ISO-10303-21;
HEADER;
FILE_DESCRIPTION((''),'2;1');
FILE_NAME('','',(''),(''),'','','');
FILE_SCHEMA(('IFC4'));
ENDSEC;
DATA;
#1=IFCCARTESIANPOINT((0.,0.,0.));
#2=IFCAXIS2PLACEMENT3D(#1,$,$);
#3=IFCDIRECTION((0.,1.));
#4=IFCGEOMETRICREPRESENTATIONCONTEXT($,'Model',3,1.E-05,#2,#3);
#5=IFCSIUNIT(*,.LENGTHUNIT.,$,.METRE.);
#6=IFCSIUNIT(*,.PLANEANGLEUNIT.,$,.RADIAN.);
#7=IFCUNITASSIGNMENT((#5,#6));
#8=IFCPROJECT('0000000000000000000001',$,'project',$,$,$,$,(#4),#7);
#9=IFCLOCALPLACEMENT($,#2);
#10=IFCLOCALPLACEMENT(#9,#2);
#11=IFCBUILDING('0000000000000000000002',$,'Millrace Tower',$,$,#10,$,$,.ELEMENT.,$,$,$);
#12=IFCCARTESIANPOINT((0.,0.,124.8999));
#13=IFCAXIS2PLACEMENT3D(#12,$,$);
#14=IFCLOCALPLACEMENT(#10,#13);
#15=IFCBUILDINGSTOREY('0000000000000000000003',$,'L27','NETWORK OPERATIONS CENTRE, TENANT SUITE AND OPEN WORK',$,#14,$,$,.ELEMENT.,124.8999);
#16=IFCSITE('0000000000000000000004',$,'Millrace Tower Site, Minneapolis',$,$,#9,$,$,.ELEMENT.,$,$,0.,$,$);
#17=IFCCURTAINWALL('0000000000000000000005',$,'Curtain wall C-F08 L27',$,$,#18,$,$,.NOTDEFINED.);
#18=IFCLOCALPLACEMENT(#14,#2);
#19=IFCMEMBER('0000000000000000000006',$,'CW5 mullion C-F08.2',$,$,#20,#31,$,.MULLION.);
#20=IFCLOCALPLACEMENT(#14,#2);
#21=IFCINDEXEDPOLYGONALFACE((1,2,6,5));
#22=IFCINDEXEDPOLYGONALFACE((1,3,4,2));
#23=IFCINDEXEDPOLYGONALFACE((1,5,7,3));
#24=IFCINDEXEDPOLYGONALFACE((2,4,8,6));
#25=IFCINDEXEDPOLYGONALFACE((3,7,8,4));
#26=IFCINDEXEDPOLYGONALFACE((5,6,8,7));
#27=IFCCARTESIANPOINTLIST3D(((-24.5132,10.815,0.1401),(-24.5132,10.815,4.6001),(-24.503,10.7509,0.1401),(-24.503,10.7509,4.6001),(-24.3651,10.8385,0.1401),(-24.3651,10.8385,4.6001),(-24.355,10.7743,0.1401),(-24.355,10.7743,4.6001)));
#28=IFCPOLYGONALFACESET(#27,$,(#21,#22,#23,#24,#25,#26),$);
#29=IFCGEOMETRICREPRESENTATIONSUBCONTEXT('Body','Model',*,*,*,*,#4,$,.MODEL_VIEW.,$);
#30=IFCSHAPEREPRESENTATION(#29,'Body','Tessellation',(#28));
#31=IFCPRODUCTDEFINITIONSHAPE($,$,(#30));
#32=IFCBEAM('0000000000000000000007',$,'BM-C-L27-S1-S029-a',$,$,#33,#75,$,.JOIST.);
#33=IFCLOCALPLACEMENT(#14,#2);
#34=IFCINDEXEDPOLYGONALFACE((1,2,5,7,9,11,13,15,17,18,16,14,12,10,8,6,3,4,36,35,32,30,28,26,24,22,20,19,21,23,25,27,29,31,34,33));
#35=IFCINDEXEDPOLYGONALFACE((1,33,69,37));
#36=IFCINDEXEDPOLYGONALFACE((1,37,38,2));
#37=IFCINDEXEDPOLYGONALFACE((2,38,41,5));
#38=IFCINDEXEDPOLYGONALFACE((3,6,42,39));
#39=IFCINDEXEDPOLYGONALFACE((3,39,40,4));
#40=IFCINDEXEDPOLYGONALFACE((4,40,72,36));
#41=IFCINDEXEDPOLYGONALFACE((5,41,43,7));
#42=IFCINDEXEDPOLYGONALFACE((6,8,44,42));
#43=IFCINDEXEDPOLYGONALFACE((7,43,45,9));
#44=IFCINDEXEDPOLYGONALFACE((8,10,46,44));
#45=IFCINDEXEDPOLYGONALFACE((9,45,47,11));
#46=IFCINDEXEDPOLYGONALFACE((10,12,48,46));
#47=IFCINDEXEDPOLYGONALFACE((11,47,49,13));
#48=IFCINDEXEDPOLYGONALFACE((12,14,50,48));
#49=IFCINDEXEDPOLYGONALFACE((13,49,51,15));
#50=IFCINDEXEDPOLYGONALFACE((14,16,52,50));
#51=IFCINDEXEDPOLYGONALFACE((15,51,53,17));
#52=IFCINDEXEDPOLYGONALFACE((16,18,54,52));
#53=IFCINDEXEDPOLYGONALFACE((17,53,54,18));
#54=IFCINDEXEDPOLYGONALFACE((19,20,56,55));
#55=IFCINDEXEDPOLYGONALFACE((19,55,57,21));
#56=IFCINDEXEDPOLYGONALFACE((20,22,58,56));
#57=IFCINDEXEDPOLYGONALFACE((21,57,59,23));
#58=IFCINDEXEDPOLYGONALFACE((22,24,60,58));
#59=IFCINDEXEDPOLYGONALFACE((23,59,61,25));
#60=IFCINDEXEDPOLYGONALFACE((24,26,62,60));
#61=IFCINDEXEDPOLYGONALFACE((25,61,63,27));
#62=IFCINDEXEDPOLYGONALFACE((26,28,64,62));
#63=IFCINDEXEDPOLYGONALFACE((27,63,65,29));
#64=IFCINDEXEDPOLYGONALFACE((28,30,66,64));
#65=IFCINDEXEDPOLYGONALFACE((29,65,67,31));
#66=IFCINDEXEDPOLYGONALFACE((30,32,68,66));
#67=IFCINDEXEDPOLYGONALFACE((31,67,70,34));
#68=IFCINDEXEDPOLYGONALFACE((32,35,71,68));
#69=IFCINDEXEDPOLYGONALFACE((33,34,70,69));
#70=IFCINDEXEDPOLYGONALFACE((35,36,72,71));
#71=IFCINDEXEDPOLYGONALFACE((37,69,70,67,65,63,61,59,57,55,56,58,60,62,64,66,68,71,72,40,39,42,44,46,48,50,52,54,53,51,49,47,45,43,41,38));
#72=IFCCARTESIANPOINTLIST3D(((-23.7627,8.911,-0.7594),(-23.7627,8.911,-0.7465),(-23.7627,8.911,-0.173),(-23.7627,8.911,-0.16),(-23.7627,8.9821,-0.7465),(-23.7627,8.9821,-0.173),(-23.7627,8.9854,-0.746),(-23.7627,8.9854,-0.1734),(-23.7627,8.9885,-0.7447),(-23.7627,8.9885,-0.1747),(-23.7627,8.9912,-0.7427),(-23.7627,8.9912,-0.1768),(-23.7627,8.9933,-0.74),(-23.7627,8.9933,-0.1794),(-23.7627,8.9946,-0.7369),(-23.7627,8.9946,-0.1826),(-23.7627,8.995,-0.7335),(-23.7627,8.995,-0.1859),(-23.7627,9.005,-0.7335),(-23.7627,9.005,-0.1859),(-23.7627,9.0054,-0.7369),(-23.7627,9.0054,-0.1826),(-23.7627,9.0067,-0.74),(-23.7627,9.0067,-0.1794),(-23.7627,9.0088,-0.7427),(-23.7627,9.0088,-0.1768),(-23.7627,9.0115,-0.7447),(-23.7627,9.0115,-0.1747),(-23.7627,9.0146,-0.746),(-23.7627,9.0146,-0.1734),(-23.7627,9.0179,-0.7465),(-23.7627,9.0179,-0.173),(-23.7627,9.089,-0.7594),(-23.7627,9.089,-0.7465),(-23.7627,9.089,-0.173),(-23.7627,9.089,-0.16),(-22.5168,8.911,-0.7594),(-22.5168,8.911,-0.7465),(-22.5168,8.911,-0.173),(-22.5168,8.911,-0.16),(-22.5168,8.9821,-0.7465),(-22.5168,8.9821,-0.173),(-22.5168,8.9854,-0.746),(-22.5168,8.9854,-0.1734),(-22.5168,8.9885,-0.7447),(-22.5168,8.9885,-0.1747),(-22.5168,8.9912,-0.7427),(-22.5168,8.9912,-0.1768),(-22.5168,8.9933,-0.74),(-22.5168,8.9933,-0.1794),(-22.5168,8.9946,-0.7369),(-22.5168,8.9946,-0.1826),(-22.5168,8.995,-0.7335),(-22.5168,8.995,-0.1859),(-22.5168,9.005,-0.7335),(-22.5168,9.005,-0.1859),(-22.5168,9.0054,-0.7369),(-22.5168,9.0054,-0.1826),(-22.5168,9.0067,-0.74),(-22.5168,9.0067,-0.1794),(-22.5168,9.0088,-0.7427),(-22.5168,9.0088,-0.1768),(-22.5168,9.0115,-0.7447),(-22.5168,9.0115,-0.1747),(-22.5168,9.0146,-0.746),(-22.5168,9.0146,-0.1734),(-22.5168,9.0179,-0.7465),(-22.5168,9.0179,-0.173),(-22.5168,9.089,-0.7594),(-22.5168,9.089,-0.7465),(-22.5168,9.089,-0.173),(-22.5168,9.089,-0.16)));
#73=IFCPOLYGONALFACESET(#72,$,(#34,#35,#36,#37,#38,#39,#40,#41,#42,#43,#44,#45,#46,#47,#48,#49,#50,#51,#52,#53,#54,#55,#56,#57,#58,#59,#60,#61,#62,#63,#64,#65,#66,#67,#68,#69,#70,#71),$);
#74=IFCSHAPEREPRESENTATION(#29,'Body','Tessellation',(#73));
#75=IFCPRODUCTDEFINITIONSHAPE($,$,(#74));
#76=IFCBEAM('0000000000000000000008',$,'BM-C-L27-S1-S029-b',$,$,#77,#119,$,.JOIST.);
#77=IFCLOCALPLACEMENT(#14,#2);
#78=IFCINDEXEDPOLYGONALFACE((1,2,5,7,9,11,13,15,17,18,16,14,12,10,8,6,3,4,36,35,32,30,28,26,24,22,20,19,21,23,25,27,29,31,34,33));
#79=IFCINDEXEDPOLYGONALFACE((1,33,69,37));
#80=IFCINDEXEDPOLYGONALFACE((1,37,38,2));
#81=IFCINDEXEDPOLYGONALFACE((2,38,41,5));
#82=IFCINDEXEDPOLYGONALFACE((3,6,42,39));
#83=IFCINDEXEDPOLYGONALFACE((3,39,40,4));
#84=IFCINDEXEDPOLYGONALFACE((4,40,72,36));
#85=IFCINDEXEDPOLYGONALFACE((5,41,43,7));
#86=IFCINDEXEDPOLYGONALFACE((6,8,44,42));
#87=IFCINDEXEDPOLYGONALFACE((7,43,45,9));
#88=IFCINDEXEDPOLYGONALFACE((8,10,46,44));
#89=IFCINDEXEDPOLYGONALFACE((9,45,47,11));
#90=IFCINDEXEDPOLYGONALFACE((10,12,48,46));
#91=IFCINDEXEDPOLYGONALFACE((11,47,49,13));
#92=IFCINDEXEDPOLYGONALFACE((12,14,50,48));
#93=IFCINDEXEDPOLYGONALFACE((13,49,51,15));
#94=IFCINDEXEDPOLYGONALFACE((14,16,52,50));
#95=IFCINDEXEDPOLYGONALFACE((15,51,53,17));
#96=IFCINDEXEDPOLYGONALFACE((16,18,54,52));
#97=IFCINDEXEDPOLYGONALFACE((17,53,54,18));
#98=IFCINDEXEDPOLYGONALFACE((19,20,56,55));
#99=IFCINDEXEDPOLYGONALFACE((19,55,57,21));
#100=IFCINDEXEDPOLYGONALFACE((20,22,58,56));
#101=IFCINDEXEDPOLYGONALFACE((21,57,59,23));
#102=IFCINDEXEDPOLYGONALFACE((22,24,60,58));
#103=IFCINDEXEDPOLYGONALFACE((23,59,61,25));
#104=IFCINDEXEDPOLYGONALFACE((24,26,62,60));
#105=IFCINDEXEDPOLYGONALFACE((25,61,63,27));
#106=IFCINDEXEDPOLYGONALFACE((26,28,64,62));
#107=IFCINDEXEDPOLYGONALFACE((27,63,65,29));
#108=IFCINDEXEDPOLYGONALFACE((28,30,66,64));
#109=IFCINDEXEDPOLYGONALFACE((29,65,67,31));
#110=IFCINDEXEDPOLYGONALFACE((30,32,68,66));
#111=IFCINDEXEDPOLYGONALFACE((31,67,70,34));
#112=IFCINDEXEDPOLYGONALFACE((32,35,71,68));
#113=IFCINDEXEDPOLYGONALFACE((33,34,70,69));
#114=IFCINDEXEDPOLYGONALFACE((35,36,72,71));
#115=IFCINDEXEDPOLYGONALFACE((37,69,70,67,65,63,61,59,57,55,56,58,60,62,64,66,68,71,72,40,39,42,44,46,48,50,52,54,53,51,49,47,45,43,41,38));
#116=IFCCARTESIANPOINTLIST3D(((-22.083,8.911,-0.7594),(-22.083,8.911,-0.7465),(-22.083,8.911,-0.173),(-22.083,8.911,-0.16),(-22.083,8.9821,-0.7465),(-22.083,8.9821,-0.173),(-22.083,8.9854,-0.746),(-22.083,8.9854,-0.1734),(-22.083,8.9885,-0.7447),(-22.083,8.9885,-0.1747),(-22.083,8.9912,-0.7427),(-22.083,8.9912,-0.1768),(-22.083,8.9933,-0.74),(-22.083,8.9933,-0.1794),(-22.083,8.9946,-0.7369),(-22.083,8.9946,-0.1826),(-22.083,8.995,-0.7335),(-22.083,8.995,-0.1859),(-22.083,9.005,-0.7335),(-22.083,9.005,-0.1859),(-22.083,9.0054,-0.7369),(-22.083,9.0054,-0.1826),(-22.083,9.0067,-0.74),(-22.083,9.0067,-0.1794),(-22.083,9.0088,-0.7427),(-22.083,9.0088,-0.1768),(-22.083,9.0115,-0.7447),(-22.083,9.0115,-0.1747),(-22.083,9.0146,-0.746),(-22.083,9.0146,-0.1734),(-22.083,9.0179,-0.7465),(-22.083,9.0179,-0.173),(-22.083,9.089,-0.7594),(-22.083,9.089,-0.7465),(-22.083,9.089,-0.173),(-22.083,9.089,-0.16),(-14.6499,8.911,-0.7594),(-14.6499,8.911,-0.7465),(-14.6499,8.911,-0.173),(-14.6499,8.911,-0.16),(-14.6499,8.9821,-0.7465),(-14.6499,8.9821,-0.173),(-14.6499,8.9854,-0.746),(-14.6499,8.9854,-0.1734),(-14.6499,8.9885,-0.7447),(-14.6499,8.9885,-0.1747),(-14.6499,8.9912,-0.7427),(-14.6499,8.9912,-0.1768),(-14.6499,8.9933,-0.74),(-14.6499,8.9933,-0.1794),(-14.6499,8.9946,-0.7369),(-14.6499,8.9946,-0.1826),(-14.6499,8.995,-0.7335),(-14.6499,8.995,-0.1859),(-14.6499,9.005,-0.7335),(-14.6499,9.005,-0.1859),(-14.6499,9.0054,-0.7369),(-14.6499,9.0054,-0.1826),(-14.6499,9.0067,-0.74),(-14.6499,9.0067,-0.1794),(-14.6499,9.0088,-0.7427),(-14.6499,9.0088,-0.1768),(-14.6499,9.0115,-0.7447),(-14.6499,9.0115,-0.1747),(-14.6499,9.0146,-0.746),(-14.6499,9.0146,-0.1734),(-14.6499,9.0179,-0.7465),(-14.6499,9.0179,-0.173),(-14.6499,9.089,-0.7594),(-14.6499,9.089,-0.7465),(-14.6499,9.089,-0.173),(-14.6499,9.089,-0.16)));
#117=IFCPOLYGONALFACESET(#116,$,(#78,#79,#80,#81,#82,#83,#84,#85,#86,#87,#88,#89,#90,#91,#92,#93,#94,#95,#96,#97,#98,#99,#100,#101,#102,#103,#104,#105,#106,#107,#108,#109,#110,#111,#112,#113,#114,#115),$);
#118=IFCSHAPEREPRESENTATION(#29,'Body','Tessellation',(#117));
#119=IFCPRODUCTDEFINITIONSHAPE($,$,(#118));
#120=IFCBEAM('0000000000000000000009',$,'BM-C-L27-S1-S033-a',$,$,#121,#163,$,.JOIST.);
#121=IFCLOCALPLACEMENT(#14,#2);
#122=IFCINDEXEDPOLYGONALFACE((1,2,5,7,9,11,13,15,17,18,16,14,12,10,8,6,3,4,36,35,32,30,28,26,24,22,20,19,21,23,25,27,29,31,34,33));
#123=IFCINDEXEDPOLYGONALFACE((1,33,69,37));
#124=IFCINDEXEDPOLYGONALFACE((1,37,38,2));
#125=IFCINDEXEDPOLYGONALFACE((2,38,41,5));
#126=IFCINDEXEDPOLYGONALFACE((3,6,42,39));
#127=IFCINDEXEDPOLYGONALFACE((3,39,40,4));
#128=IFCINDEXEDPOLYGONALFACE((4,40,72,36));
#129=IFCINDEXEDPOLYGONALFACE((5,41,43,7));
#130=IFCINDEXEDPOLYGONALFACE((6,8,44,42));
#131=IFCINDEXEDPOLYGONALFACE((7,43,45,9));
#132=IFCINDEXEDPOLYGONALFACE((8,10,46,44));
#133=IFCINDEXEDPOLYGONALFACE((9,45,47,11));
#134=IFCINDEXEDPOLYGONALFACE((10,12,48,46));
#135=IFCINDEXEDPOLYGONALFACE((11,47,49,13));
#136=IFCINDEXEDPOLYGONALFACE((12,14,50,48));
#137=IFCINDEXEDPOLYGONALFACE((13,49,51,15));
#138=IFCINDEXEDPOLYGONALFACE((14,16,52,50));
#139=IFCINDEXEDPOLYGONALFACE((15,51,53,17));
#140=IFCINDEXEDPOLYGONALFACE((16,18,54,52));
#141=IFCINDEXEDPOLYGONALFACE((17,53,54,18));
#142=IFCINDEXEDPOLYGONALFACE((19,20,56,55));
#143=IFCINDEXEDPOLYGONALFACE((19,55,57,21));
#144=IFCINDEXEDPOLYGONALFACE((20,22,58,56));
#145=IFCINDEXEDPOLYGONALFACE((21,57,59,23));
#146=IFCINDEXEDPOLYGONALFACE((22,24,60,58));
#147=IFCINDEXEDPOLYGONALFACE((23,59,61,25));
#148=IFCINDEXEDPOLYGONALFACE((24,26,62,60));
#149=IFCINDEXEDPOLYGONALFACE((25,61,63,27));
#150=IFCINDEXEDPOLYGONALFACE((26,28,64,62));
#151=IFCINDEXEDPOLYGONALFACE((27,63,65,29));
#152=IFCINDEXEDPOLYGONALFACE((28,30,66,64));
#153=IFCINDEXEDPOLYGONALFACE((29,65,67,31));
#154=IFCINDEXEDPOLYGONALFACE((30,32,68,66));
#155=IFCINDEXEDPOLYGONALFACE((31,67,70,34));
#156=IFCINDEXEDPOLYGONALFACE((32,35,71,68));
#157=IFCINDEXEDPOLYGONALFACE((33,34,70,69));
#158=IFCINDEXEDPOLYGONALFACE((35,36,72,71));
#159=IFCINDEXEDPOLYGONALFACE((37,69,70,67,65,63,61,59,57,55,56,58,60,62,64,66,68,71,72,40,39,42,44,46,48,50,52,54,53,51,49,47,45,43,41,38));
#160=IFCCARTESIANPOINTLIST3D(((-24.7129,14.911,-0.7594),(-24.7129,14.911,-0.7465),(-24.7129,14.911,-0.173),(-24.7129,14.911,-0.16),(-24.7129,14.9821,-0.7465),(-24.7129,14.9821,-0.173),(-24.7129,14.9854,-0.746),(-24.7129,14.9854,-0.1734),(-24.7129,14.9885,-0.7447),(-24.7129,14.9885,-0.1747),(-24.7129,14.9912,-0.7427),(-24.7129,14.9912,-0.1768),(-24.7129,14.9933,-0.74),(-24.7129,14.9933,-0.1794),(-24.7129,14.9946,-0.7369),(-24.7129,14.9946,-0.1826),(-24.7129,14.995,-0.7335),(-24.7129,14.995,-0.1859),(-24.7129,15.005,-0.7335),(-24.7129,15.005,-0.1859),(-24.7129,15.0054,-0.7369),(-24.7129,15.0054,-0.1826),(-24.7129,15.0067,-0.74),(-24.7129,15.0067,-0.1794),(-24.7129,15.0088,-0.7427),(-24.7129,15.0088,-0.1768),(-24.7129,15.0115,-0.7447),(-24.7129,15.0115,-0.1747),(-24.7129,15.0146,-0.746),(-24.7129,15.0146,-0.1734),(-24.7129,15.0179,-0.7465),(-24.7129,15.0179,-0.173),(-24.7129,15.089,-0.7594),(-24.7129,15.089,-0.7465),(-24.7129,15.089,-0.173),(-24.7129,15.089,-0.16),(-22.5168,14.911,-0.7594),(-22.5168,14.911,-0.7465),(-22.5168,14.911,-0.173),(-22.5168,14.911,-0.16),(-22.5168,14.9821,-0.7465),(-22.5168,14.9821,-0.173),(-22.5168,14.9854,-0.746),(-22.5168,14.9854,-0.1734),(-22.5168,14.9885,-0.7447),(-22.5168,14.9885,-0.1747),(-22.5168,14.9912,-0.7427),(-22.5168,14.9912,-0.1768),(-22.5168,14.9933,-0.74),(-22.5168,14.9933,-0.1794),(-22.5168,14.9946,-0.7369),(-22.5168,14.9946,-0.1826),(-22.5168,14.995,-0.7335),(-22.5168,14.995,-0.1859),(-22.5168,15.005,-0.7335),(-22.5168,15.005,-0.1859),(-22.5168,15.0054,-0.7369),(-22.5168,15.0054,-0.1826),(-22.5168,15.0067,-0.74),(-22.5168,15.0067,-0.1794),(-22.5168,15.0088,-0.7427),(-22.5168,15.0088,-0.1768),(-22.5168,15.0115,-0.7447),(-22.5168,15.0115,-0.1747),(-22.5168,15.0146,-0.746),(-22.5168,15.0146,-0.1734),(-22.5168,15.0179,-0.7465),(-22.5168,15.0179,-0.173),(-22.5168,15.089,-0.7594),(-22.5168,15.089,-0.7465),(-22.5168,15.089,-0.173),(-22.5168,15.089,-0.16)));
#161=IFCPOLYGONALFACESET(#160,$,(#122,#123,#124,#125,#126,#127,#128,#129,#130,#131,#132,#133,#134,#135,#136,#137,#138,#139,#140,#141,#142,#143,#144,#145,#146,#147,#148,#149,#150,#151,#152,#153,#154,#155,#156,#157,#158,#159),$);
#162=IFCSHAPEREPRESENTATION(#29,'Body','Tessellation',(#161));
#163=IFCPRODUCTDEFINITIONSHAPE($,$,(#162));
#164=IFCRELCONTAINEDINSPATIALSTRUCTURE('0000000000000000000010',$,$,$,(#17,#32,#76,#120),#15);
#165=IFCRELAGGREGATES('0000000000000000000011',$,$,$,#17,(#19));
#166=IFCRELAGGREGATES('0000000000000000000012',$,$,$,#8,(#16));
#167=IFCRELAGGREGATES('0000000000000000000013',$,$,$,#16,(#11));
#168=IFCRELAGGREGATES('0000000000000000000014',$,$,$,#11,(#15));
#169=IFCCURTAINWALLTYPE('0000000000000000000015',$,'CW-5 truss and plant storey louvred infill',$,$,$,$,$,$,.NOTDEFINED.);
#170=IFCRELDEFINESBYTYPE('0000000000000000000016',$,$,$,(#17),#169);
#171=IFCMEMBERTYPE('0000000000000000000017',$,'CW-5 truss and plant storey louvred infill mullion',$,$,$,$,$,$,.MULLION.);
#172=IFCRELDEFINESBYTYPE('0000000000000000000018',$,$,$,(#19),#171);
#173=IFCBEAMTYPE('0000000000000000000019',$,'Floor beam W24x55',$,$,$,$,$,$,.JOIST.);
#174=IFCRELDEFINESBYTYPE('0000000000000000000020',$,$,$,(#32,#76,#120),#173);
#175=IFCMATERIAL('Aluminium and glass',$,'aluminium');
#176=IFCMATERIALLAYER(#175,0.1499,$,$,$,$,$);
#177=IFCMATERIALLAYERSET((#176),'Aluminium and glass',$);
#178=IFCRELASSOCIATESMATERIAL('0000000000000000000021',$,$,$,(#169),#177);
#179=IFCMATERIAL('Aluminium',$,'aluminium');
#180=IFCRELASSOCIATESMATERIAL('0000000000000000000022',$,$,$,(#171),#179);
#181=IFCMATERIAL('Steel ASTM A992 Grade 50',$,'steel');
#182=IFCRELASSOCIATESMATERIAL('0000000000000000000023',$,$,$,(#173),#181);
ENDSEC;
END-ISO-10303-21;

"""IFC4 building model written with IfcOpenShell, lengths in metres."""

from ifc_helpers import new_model, si_unit, direction, frame, origin, origin_2d, place, context, subcontext, project, spatial, rectangle, i_section, extrude, material, layer, layer_set, material_profile, profile_set, type_object, element, aggregate, save


model = new_model("IFC4")

# Units and contexts
model_context = context("Model", 3, precision=1e-05, world=origin(), true_north=direction((0.0, 1.0)))
body_context = subcontext(model_context, "Body", "Model", "MODEL_VIEW")
ifc_project = project(units=[si_unit("LENGTHUNIT", "METRE"), si_unit("PLANEANGLEUNIT", "RADIAN")], contexts=[model_context])

# Site, building, storey
site_placement = place(None, origin())
site = spatial("IfcSite", under=ifc_project, at=site_placement, Name="Millrace Tower Site, Minneapolis", CompositionType="ELEMENT", RefElevation=0.0)
building_placement = place(site_placement, origin())
building = spatial("IfcBuilding", under=site, at=building_placement, Name="Millrace Tower", CompositionType="ELEMENT")
storey_placement = place(building_placement, frame((0.0, 0.0, 124.8999)))
storey = spatial("IfcBuildingStorey", under=building, at=storey_placement, Name="L27", Description="NETWORK OPERATIONS CENTRE, TENANT SUITE AND OPEN WORK", CompositionType="ELEMENT", Elevation=124.8999)

# Curtain wall, member
ifc_material_1 = material(Name="Aluminium and glass", Category="aluminium")
ifc_layer_1 = layer(ifc_material_1, 0.1499)
ifc_layer_set_1 = layer_set([ifc_layer_1], Name="Aluminium and glass")
curtain_wall_type = type_object("IfcCurtainWallType", Name="CW-5 truss and plant storey louvred infill", PredefinedType="NOTDEFINED", material=ifc_layer_set_1)
curtain_wall_placement = place(storey_placement, origin())
curtain_wall = element("IfcCurtainWall", 1, at=curtain_wall_placement, inside=storey, type_object=curtain_wall_type, Name="Curtain wall C-F08 L27", PredefinedType="NOTDEFINED")
ifc_material_2 = material(Name="Aluminium", Category="aluminium")
ifc_material_profile_1 = material_profile(ifc_material_2, rectangle(XDim=0.0649, YDim=0.1499, at=origin_2d()))
ifc_profile_set_1 = profile_set([ifc_material_profile_1], Name="Aluminium")
member_type_1 = type_object("IfcMemberType", Name="CW-5 truss and plant storey louvred infill mullion", PredefinedType="MULLION", material=ifc_profile_set_1)
member_1_placement = place(storey_placement, frame((-24.4341, 10.7947, 0.1401), z_axis=(0.0, 0.0, 1.0), x_axis=(0.156434, -0.987688, 0.0)))
member_1 = element("IfcMember", 2, at=member_1_placement, type_object=member_type_1, Name="CW5 mullion C-F08.2", PredefinedType="MULLION", context=body_context, shape_type="SweptSolid", body=[
    extrude(rectangle(XDim=0.0649, YDim=0.1499, at=origin_2d()), origin(), (0.0, 0.0, 1.0), 4.46),
])
aggregate(curtain_wall, [member_1])

# Beams
ifc_material_3 = material(Name="Steel ASTM A992 Grade 50", Category="steel")
ifc_material_profile_2 = material_profile(ifc_material_3, i_section(OverallWidth=0.178, OverallDepth=0.5994, WebThickness=0.01, FlangeThickness=0.0129, FilletRadius=0.0129, at=origin_2d()))
ifc_profile_set_2 = profile_set([ifc_material_profile_2], Name="Steel ASTM A992 Grade 50")
beam_type_1 = type_object("IfcBeamType", Name="Floor beam W24x55", PredefinedType="JOIST", material=ifc_profile_set_2)
beam_1_placement = place(storey_placement, frame((-23.7627, 9.0, -0.4597), z_axis=(1.0, 0.0, 0.0), x_axis=(0.0, 1.0, 0.0)))
element("IfcBeam", 3, at=beam_1_placement, inside=storey, type_object=beam_type_1, Name="BM-C-L27-S1-S029-a", PredefinedType="JOIST", context=body_context, shape_type="SweptSolid", body=[
    extrude(i_section(OverallWidth=0.178, OverallDepth=0.5994, WebThickness=0.01, FlangeThickness=0.0129, FilletRadius=0.0129, at=origin_2d()), origin(), (0.0, 0.0, 1.0), 1.2458),
])
beam_2_placement = place(storey_placement, frame((-22.083, 9.0, -0.4597), z_axis=(1.0, 0.0, 0.0), x_axis=(0.0, 1.0, 0.0)))
element("IfcBeam", 4, at=beam_2_placement, inside=storey, type_object=beam_type_1, Name="BM-C-L27-S1-S029-b", PredefinedType="JOIST", context=body_context, shape_type="SweptSolid", body=[
    extrude(i_section(OverallWidth=0.178, OverallDepth=0.5994, WebThickness=0.01, FlangeThickness=0.0129, FilletRadius=0.0129, at=origin_2d()), origin(), (0.0, 0.0, 1.0), 7.4331),
])
beam_3_placement = place(storey_placement, frame((-24.7129, 15.0, -0.4597), z_axis=(1.0, 0.0, 0.0), x_axis=(0.0, 1.0, 0.0)))
element("IfcBeam", 5, at=beam_3_placement, inside=storey, type_object=beam_type_1, Name="BM-C-L27-S1-S033-a", PredefinedType="JOIST", context=body_context, shape_type="SweptSolid", body=[
    extrude(i_section(OverallWidth=0.178, OverallDepth=0.5994, WebThickness=0.01, FlangeThickness=0.0129, FilletRadius=0.0129, at=origin_2d()), origin(), (0.0, 0.0, 1.0), 2.196),
])

save(model, "model.ifc")
